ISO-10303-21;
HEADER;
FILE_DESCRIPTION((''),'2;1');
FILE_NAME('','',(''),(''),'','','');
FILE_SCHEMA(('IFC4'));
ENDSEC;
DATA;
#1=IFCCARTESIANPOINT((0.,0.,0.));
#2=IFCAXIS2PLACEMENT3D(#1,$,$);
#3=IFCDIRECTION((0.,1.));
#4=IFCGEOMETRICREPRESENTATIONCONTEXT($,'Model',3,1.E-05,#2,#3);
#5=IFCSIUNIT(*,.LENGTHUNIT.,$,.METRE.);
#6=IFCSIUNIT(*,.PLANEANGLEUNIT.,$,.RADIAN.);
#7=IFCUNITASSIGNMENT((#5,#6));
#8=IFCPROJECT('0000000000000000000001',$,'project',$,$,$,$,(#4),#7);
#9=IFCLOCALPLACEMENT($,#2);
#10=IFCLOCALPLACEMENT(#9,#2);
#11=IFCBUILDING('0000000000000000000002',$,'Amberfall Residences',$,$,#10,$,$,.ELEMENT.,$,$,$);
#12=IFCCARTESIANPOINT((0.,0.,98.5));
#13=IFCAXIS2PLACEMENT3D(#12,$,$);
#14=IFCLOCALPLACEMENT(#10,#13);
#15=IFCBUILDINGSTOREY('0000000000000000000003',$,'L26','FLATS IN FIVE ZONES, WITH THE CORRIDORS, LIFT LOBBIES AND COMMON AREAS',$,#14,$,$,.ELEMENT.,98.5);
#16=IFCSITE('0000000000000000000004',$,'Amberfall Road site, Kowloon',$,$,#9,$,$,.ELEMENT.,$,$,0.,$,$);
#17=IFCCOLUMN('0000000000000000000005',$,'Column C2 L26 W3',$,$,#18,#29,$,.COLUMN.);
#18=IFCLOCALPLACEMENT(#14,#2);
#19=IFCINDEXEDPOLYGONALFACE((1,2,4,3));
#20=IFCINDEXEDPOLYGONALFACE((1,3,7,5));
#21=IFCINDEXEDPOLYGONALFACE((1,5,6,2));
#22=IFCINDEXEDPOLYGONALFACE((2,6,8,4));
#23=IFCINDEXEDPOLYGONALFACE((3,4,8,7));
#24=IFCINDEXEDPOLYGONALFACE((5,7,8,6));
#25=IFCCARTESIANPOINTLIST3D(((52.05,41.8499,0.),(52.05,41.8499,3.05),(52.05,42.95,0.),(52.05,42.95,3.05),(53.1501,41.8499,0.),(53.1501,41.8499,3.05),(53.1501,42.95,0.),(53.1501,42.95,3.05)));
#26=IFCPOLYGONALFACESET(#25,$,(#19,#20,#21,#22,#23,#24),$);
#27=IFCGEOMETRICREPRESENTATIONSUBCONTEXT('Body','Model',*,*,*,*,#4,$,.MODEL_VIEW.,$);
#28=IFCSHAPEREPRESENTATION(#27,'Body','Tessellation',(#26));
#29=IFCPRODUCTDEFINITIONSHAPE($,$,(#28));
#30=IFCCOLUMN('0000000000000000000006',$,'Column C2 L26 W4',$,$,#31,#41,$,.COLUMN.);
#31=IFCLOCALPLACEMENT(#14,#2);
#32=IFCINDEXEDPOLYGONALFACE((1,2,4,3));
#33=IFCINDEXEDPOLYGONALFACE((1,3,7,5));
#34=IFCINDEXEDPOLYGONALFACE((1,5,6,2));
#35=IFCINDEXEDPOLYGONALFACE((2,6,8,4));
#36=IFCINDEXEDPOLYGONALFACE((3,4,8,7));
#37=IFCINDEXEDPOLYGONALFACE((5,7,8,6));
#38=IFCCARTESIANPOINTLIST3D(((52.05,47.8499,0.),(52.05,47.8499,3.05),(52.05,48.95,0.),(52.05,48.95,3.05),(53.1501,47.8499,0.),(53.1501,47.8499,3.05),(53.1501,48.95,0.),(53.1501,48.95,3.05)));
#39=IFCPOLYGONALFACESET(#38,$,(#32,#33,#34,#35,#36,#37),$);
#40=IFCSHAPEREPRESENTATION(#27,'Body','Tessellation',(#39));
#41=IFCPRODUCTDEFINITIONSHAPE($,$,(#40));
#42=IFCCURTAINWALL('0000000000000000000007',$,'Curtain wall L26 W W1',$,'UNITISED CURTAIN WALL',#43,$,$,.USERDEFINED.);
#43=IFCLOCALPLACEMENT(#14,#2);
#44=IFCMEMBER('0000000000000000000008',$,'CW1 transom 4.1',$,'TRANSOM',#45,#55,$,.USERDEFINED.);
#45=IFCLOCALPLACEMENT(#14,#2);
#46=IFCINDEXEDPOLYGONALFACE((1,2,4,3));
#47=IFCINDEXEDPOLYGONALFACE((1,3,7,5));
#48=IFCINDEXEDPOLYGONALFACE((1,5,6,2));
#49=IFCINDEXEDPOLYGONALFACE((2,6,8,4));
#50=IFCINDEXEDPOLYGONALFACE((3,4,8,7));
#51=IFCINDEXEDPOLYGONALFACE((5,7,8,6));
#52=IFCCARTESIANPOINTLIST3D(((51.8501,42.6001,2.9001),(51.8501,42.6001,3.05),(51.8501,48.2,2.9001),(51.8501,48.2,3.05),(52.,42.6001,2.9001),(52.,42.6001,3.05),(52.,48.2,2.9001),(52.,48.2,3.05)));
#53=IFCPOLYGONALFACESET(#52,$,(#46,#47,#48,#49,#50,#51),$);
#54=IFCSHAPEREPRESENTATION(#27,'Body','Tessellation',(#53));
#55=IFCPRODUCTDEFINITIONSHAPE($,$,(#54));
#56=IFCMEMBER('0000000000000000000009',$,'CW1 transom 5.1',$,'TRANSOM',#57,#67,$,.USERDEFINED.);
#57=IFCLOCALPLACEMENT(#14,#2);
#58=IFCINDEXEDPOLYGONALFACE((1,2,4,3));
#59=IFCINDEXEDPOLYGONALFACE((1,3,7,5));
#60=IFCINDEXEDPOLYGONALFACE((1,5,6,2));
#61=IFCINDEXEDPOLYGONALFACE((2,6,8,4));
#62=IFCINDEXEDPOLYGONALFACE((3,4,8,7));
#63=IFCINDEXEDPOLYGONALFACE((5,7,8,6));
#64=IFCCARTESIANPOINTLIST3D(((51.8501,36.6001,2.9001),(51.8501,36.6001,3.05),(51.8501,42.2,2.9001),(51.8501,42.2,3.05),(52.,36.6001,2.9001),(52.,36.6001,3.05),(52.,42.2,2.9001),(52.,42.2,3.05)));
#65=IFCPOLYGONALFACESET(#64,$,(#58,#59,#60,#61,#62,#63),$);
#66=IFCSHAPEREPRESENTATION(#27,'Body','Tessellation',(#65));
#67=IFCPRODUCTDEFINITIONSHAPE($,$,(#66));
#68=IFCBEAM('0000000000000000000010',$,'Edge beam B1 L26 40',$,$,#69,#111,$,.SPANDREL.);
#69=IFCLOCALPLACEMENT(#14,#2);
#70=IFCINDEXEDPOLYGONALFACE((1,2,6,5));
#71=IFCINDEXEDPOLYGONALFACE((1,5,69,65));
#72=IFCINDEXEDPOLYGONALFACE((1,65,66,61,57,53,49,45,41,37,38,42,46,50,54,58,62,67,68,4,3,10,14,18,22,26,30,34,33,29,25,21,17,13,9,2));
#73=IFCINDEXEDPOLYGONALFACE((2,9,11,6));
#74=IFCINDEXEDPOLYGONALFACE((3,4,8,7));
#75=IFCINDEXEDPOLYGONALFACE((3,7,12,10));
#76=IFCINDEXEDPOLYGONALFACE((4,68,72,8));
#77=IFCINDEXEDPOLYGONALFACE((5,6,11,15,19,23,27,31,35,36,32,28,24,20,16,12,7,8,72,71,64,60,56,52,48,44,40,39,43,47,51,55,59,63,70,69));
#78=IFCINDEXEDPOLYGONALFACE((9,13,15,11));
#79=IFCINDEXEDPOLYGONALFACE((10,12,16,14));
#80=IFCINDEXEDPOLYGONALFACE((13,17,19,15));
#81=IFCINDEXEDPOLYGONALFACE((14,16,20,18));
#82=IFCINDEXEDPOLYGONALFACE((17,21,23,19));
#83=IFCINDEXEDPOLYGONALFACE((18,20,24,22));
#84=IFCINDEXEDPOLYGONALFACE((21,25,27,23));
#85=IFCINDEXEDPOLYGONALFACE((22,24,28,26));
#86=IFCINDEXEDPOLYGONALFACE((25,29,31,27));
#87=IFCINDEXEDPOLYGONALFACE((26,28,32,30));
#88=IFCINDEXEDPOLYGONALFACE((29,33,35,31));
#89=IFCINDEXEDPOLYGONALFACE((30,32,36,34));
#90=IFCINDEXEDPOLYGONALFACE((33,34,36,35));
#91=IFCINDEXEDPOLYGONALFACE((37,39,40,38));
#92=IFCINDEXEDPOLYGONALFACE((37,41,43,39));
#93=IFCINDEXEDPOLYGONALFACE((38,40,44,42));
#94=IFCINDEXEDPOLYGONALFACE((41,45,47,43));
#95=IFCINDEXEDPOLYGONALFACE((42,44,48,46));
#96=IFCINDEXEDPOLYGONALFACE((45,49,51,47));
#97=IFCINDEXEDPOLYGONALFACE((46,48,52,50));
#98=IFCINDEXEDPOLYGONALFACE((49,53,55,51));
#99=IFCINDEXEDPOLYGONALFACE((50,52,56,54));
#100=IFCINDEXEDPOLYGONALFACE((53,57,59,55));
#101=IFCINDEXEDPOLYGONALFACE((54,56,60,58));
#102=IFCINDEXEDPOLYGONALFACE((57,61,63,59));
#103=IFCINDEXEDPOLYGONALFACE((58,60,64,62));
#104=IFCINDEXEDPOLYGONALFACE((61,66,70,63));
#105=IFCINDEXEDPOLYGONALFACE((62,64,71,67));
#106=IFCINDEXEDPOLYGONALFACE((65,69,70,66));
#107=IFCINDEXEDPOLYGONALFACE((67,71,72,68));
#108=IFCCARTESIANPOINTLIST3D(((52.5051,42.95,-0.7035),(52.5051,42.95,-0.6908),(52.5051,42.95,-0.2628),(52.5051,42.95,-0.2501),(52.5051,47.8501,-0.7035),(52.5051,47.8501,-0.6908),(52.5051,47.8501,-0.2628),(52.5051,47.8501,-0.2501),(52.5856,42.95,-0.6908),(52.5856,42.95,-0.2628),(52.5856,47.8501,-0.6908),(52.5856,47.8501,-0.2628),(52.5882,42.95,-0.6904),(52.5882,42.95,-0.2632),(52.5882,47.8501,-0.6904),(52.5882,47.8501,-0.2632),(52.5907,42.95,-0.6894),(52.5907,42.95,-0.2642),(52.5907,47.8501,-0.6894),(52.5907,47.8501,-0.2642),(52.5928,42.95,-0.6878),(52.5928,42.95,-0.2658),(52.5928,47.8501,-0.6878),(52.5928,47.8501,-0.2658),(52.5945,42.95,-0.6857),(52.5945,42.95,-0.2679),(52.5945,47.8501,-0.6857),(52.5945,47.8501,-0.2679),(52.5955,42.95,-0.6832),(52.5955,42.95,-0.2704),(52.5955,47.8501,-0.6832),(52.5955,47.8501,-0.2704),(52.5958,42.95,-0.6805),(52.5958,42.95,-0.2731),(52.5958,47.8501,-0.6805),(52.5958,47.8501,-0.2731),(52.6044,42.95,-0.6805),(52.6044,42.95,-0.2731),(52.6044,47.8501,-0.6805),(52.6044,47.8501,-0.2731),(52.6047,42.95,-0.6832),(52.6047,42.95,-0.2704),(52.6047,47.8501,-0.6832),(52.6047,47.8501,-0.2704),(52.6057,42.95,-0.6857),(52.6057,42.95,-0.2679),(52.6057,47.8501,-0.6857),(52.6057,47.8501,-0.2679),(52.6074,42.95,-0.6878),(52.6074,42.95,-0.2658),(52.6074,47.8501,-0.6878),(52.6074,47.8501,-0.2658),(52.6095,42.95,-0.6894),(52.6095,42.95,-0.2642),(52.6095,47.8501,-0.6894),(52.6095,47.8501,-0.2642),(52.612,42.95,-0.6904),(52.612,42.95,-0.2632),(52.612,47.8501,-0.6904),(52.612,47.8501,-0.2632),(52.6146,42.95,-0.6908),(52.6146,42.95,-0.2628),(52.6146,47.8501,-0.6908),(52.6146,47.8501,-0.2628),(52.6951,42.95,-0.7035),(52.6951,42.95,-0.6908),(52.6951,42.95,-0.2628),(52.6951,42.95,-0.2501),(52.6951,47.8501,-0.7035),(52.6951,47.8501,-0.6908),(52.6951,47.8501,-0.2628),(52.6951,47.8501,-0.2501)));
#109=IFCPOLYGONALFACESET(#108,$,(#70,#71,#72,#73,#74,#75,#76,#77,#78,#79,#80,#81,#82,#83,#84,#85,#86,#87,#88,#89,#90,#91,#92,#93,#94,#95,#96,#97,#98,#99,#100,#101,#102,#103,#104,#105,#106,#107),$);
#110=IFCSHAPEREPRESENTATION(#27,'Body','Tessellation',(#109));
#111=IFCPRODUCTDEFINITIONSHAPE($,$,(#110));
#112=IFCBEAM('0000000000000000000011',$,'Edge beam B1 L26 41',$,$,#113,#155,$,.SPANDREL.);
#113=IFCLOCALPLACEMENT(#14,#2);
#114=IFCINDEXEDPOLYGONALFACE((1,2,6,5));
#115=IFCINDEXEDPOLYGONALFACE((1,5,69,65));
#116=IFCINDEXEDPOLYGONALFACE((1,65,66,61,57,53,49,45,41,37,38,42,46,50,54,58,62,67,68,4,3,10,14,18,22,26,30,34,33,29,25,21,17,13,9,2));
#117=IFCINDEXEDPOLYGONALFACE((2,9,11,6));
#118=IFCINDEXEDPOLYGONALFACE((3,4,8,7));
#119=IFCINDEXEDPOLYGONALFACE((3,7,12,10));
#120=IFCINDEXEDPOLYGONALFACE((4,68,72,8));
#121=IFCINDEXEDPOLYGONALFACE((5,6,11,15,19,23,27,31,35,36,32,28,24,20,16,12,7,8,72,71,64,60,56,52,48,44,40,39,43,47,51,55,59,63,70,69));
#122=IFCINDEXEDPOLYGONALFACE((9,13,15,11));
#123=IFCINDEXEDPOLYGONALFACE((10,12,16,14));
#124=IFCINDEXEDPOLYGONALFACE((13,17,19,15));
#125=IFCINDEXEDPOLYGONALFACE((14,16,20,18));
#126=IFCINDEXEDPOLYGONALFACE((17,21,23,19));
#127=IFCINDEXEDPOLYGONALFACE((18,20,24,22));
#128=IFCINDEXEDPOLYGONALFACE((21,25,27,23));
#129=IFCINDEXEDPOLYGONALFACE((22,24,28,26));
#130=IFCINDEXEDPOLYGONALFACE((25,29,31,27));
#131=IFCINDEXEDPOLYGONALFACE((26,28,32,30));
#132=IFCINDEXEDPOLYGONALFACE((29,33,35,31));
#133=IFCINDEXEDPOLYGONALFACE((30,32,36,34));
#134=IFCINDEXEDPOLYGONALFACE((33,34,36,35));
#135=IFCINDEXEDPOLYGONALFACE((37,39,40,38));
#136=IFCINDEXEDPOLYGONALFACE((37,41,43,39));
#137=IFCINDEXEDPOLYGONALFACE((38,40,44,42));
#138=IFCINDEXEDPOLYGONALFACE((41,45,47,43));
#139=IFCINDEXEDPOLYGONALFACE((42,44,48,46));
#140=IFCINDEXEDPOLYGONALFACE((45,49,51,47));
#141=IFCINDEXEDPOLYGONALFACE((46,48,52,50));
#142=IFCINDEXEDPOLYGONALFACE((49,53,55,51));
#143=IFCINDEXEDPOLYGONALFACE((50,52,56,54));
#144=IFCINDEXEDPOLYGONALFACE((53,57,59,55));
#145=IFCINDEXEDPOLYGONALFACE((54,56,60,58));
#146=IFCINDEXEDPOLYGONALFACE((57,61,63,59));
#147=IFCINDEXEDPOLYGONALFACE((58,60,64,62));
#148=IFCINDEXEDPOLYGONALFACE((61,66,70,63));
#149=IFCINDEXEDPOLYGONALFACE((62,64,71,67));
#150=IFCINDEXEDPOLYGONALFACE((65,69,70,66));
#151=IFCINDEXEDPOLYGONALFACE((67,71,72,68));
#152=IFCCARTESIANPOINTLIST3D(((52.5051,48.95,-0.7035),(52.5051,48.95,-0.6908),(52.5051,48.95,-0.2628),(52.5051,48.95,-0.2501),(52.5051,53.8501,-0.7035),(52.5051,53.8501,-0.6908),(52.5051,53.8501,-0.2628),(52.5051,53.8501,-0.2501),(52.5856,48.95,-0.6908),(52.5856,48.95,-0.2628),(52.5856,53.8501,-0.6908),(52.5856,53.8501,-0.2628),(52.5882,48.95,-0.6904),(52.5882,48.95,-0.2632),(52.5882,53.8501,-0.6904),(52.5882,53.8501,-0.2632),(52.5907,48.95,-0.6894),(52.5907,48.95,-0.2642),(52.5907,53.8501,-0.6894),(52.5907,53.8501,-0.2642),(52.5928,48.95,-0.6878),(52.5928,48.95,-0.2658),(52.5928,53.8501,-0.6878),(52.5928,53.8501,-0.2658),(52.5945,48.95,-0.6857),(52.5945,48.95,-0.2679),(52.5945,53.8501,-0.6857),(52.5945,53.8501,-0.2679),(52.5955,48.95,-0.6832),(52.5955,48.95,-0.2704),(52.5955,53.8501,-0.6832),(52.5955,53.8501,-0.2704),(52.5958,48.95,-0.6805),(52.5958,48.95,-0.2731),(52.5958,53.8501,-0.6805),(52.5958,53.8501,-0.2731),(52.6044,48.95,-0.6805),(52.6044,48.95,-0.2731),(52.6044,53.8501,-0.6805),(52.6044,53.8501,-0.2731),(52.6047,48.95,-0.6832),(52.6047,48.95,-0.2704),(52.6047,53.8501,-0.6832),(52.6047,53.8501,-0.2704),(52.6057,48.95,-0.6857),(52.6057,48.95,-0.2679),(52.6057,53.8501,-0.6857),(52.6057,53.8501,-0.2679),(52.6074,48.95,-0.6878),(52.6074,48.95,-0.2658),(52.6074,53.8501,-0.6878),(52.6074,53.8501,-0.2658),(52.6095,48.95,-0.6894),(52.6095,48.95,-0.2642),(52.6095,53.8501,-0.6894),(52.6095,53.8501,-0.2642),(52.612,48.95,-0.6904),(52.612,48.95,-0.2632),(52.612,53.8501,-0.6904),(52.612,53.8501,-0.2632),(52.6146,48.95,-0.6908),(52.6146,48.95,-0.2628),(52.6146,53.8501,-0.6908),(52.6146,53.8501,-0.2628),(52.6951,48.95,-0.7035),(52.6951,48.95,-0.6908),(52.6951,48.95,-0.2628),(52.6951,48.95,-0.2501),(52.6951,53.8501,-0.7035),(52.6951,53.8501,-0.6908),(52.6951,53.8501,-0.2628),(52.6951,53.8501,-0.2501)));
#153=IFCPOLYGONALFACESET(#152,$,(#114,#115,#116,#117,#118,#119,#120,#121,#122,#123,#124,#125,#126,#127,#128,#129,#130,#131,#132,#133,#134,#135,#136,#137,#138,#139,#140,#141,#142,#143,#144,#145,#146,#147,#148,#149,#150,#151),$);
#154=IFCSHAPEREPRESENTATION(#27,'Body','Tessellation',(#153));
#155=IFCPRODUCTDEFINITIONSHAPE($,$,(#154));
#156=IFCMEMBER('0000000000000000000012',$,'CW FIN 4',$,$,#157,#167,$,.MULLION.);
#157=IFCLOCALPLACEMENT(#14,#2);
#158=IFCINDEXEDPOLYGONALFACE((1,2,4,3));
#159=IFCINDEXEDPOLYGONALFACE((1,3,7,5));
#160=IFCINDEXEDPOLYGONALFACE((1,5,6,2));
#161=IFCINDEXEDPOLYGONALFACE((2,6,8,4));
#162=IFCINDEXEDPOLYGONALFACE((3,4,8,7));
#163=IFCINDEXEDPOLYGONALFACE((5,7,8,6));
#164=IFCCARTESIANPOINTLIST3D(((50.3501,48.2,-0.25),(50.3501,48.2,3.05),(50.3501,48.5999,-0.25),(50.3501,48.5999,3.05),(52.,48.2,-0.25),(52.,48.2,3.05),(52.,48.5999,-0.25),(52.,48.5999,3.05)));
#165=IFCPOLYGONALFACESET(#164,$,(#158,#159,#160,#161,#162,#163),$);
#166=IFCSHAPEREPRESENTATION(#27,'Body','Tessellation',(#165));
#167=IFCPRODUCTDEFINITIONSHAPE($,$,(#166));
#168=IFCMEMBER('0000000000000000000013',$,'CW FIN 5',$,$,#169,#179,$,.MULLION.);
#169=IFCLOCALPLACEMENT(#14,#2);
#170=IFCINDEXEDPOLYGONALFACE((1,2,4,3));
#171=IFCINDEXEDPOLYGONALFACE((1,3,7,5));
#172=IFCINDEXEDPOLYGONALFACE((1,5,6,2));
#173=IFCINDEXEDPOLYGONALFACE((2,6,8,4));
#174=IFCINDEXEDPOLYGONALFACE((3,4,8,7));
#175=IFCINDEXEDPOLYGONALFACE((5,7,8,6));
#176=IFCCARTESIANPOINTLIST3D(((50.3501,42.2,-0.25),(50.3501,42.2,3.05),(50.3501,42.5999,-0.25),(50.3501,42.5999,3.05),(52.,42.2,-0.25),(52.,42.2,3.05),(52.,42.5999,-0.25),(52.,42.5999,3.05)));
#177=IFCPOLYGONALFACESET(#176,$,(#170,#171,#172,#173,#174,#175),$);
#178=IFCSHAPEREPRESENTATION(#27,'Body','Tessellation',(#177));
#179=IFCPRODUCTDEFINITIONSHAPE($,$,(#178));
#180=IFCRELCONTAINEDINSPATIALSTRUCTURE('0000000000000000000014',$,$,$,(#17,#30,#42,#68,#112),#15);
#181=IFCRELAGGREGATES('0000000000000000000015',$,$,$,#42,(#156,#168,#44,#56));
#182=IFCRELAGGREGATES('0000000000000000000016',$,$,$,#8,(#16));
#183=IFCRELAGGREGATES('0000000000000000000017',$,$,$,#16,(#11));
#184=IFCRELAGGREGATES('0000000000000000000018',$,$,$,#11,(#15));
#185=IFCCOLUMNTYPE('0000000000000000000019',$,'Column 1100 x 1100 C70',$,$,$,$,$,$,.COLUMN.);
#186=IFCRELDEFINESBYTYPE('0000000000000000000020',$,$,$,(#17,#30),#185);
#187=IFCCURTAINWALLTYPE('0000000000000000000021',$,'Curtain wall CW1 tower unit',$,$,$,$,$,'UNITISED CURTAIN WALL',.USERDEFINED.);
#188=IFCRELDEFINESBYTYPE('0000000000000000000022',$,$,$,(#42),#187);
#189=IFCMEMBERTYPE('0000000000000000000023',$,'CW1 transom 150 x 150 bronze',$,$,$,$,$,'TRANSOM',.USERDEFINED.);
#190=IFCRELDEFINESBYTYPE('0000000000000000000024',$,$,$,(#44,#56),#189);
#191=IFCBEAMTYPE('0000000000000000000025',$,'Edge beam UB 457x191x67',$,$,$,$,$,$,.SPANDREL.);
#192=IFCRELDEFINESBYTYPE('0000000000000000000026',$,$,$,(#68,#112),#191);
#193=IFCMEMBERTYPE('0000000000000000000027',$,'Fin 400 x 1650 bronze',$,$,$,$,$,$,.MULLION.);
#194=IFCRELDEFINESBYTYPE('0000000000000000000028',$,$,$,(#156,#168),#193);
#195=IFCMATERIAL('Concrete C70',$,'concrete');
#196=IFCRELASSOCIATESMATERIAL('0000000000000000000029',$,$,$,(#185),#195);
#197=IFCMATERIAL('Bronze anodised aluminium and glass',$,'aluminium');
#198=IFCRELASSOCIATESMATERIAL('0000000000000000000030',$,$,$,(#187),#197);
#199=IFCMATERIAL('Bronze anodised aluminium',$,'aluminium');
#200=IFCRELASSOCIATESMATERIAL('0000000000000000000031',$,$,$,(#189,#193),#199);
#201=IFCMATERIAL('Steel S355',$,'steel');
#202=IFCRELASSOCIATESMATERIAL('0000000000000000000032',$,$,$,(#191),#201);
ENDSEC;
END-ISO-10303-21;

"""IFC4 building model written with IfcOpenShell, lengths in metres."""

from ifc_helpers import new_model, si_unit, direction, frame, origin, origin_2d, place, context, subcontext, project, spatial, rectangle, i_section, extrude, material, material_profile, profile_set, type_object, element, aggregate, save


model = new_model("IFC4")

# Units and contexts
model_context = context("Model", 3, precision=1e-05, world=origin(), true_north=direction((0.0, 1.0)))
body_context = subcontext(model_context, "Body", "Model", "MODEL_VIEW")
ifc_project = project(units=[si_unit("LENGTHUNIT", "METRE"), si_unit("PLANEANGLEUNIT", "RADIAN")], contexts=[model_context])

# Site, building, storey
site_placement = place(None, origin())
site = spatial("IfcSite", under=ifc_project, at=site_placement, Name="Amberfall Road site, Kowloon", CompositionType="ELEMENT", RefElevation=0.0)
building_placement = place(site_placement, origin())
building = spatial("IfcBuilding", under=site, at=building_placement, Name="Amberfall Residences", CompositionType="ELEMENT")
storey_placement = place(building_placement, frame((0.0, 0.0, 98.5)))
storey = spatial("IfcBuildingStorey", under=building, at=storey_placement, Name="L26", Description="FLATS IN FIVE ZONES, WITH THE CORRIDORS, LIFT LOBBIES AND COMMON AREAS", CompositionType="ELEMENT", Elevation=98.5)

# Columns
ifc_material_1 = material(Name="Concrete C70", Category="concrete")
ifc_material_profile_1 = material_profile(ifc_material_1, rectangle(XDim=1.1001, YDim=1.1001, at=origin_2d()), Name="Column 1100 x 1100 C70")
ifc_profile_set_1 = profile_set([ifc_material_profile_1], Name="Concrete C70")
column_type = type_object("IfcColumnType", Name="Column 1100 x 1100 C70", PredefinedType="COLUMN", material=ifc_profile_set_1)
for number, where, z_axis, x_axis, name in (
    (1, (52.6001, 42.3999, 0.0), (0.0, 0.0, 1.0), (1.0, 0.0, 0.0), "Column C2 L26 W3"),
    (2, (52.6001, 48.3999, 0.0), (0.0, 0.0, 1.0), (1.0, 0.0, 0.0), "Column C2 L26 W4"),
):
    element("IfcColumn", number, at=place(storey_placement, frame(where, z_axis=z_axis, x_axis=x_axis)), inside=storey, type_object=column_type, Name=name, PredefinedType="COLUMN", context=body_context, shape_type="SweptSolid", body=[
        extrude(rectangle(XDim=1.1001, YDim=1.1001, at=origin_2d()), origin(), (0.0, 0.0, 1.0), 3.05),
    ])

# Curtain wall, members
ifc_material_2 = material(Name="Bronze anodised aluminium and glass", Category="aluminium")
curtain_wall_type = type_object("IfcCurtainWallType", Name="Curtain wall CW1 tower unit", ElementType="UNITISED CURTAIN WALL", PredefinedType="USERDEFINED", material=ifc_material_2)
curtain_wall_placement = place(storey_placement, origin())
curtain_wall = element("IfcCurtainWall", 3, at=curtain_wall_placement, inside=storey, type_object=curtain_wall_type, Name="Curtain wall L26 W W1", ObjectType="UNITISED CURTAIN WALL", PredefinedType="USERDEFINED")
ifc_material_3 = material(Name="Bronze anodised aluminium", Category="aluminium")
ifc_material_profile_2 = material_profile(ifc_material_3, rectangle(XDim=0.1499, YDim=0.1499, at=origin_2d()), Name="CW1 transom 150 x 150 bronze")
ifc_profile_set_2 = profile_set([ifc_material_profile_2], Name="Bronze anodised aluminium")
member_type_1 = type_object("IfcMemberType", Name="CW1 transom 150 x 150 bronze", ElementType="TRANSOM", PredefinedType="USERDEFINED", material=ifc_profile_set_2)
member_1_placement = place(storey_placement, frame((51.925, 48.2, 2.9751), z_axis=(0.0, -1.0, 0.0), x_axis=(1.0, 0.0, 0.0)))
member_1 = element("IfcMember", 4, at=member_1_placement, type_object=member_type_1, Name="CW1 transom 4.1", ObjectType="TRANSOM", PredefinedType="USERDEFINED", context=body_context, shape_type="SweptSolid", body=[
    extrude(rectangle(XDim=0.1499, YDim=0.1499, at=origin_2d()), origin(), (0.0, 0.0, 1.0), 5.5999),
])
member_2_placement = place(storey_placement, frame((51.925, 42.2, 2.9751), z_axis=(0.0, -1.0, 0.0), x_axis=(1.0, 0.0, 0.0)))
member_2 = element("IfcMember", 5, at=member_2_placement, type_object=member_type_1, Name="CW1 transom 5.1", ObjectType="TRANSOM", PredefinedType="USERDEFINED", context=body_context, shape_type="SweptSolid", body=[
    extrude(rectangle(XDim=0.1499, YDim=0.1499, at=origin_2d()), origin(), (0.0, 0.0, 1.0), 5.5999),
])

# Beams
ifc_material_4 = material(Name="Steel S355", Category="steel")
ifc_material_profile_3 = material_profile(ifc_material_4, i_section(OverallWidth=0.1899, OverallDepth=0.4534, WebThickness=0.0085, FlangeThickness=0.0127, FilletRadius=0.0103, at=origin_2d()), Name="UB 457x191x67")
ifc_profile_set_3 = profile_set([ifc_material_profile_3], Name="Steel S355")
beam_type_1 = type_object("IfcBeamType", Name="Edge beam UB 457x191x67", PredefinedType="SPANDREL", material=ifc_profile_set_3)
for number, where, z_axis, x_axis, name in (
    (6, (52.6001, 42.95, -0.4768), (0.0, 1.0, 0.0), (-1.0, 0.0, 0.0), "Edge beam B1 L26 40"),
    (7, (52.6001, 48.95, -0.4768), (0.0, 1.0, 0.0), (-1.0, 0.0, 0.0), "Edge beam B1 L26 41"),
):
    element("IfcBeam", number, at=place(storey_placement, frame(where, z_axis=z_axis, x_axis=x_axis)), inside=storey, type_object=beam_type_1, Name=name, PredefinedType="SPANDREL", context=body_context, shape_type="SweptSolid", body=[
        extrude(i_section(OverallWidth=0.1899, OverallDepth=0.4534, WebThickness=0.0085, FlangeThickness=0.0127, FilletRadius=0.0103, at=origin_2d()), origin(), (0.0, 0.0, 1.0), 4.9001),
    ])

# Members
ifc_material_profile_4 = material_profile(ifc_material_3, rectangle(XDim=1.6499, YDim=0.3999, at=origin_2d()), Name="Fin 400 x 1650 bronze")
ifc_profile_set_4 = profile_set([ifc_material_profile_4], Name="Bronze anodised aluminium")
member_type_2 = type_object("IfcMemberType", Name="Fin 400 x 1650 bronze", PredefinedType="MULLION", material=ifc_profile_set_4)
member_3_placement = place(storey_placement, frame((51.175, 48.3999, -0.25), z_axis=(0.0, 0.0, 1.0), x_axis=(1.0, 0.0, 0.0)))
member_3 = element("IfcMember", 8, at=member_3_placement, type_object=member_type_2, Name="CW FIN 4", PredefinedType="MULLION", context=body_context, shape_type="SweptSolid", body=[
    extrude(rectangle(XDim=1.6499, YDim=0.3999, at=origin_2d()), origin(), (0.0, 0.0, 1.0), 3.3),
])
member_4_placement = place(storey_placement, frame((51.175, 42.3999, -0.25), z_axis=(0.0, 0.0, 1.0), x_axis=(1.0, 0.0, 0.0)))
member_4 = element("IfcMember", 9, at=member_4_placement, type_object=member_type_2, Name="CW FIN 5", PredefinedType="MULLION", context=body_context, shape_type="SweptSolid", body=[
    extrude(rectangle(XDim=1.6499, YDim=0.3999, at=origin_2d()), origin(), (0.0, 0.0, 1.0), 3.3),
])

aggregate(curtain_wall, [member_3, member_4, member_1, member_2])

save(model, "model.ifc")
